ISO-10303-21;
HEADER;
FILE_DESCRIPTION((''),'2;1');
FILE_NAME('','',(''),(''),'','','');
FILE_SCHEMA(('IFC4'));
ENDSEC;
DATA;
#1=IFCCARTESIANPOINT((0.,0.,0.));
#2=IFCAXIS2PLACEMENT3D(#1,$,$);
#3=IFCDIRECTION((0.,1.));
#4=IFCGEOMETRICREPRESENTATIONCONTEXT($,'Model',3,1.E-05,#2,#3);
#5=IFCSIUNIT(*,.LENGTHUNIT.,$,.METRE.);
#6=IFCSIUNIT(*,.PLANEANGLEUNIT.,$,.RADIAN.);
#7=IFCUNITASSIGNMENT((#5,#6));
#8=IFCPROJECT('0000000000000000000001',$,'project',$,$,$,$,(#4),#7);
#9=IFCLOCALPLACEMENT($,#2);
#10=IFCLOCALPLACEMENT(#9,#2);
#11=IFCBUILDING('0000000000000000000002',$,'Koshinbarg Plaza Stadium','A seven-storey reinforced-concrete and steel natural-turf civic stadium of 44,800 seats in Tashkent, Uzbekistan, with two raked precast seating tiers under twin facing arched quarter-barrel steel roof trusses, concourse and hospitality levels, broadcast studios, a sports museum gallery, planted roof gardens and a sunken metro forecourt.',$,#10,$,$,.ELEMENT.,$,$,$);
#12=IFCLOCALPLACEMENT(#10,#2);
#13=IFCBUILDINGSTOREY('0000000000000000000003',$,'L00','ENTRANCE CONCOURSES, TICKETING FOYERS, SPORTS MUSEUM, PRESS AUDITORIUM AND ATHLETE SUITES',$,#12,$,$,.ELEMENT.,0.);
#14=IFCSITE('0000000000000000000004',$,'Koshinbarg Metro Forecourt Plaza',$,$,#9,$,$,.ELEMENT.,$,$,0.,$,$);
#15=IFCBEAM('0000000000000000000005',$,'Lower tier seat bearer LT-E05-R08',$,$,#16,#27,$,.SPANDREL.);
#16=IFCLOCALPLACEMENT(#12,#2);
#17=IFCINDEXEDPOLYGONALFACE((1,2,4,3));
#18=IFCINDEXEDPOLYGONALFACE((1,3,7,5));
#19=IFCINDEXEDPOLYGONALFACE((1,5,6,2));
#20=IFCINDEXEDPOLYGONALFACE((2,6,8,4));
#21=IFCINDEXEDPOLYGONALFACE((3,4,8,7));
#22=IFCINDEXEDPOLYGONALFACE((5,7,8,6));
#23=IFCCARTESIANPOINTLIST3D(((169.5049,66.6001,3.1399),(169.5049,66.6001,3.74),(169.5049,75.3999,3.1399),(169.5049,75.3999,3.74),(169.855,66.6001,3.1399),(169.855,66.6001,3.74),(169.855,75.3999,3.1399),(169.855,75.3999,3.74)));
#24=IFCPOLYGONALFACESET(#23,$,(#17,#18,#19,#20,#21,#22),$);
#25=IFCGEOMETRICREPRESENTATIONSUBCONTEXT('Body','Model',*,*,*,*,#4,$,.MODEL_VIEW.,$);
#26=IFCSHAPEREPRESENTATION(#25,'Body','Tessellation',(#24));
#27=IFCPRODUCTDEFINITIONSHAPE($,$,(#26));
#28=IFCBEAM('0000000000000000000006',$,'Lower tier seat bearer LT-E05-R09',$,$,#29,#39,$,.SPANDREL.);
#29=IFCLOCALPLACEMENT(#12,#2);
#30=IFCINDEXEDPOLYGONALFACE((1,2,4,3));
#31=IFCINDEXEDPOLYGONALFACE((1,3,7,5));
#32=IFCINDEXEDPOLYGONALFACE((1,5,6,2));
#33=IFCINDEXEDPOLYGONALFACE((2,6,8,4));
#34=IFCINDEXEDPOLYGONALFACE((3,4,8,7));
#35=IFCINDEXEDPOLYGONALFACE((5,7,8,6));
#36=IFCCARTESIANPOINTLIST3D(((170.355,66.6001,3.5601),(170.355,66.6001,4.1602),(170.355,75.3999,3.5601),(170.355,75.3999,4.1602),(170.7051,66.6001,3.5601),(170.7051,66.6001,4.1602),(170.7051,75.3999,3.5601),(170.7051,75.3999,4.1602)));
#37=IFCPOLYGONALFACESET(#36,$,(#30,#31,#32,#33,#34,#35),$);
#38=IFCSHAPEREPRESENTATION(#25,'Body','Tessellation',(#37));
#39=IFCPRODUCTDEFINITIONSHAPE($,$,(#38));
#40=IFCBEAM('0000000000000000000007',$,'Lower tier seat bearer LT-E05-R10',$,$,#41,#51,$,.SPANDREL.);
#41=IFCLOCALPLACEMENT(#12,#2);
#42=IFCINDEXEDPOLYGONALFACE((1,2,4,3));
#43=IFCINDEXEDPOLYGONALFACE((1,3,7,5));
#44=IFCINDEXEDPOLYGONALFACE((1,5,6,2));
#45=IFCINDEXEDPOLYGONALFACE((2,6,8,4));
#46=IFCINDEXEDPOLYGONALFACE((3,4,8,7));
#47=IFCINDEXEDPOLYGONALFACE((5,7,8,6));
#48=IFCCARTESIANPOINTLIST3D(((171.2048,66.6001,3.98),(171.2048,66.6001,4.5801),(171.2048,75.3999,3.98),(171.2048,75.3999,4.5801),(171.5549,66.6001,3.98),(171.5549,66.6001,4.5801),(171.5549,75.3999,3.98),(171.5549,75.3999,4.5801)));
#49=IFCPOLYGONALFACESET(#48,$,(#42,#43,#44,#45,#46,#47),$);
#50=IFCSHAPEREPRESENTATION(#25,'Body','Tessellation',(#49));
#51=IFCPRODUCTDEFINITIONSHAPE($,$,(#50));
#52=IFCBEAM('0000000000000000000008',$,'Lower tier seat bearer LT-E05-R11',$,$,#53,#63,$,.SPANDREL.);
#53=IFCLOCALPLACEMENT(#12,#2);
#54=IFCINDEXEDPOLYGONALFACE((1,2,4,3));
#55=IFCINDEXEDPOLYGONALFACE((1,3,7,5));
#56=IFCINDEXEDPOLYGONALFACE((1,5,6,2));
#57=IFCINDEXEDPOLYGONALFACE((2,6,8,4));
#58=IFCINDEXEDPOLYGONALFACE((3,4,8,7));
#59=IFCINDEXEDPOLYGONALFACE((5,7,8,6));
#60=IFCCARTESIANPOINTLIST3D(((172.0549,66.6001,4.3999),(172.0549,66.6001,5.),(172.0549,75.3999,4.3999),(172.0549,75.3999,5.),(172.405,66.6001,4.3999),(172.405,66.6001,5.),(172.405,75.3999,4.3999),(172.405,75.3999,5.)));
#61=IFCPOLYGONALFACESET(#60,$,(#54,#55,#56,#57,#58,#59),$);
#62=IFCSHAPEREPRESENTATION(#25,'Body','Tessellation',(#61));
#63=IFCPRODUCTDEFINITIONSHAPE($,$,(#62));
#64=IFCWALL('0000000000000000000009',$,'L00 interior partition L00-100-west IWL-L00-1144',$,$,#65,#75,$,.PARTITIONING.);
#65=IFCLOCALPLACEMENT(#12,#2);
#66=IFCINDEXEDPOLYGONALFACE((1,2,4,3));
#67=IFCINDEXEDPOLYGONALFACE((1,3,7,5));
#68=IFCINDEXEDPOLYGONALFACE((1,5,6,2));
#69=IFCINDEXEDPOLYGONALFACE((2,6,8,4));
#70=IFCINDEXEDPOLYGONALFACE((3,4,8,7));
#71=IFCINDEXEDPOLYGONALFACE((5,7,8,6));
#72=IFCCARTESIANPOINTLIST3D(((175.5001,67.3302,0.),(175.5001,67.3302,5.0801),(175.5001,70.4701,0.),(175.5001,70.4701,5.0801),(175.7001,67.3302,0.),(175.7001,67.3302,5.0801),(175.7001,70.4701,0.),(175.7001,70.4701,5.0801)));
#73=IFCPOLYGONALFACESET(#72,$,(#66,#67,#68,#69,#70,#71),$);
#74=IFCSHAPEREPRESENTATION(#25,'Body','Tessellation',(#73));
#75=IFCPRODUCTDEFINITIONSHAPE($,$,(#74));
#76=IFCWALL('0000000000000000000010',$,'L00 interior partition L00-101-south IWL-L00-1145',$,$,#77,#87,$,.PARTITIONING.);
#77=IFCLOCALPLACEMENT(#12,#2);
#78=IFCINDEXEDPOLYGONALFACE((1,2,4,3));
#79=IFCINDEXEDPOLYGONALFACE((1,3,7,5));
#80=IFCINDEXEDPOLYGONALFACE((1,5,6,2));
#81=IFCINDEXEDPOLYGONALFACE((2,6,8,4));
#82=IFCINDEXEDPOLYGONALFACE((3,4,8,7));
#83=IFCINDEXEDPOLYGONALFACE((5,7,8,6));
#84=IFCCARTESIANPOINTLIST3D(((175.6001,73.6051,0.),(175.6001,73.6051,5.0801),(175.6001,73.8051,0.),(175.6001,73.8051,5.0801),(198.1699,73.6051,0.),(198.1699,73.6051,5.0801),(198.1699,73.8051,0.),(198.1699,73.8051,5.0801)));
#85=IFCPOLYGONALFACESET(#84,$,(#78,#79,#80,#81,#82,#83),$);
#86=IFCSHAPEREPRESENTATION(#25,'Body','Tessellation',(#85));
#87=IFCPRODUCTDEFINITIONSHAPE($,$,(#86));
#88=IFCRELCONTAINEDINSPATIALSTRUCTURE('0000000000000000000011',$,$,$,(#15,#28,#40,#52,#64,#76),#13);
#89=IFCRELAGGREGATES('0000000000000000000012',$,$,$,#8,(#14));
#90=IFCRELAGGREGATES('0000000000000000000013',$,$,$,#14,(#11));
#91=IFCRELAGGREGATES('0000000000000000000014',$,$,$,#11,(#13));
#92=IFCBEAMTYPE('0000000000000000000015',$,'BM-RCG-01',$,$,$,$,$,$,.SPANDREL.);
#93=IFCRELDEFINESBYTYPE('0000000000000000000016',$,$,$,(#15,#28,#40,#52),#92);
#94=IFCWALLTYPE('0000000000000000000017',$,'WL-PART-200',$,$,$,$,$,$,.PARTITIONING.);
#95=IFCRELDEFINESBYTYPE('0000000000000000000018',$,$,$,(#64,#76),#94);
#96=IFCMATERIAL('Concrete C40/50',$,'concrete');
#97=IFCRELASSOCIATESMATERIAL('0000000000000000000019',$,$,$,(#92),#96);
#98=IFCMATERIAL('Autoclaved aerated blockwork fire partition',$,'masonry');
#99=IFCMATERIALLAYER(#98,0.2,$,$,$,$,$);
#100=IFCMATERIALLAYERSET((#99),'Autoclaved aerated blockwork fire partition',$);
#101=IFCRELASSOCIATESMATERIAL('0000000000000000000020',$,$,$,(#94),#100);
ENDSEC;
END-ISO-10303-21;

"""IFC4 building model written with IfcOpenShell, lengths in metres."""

from ifc_helpers import new_model, si_unit, direction, frame, frame_2d, origin, origin_2d, place, context, subcontext, project, spatial, rectangle, extrude, material, layer, layer_set, material_profile, profile_set, type_object, element, save


model = new_model("IFC4")

# Units and contexts
model_context = context("Model", 3, precision=1e-05, world=origin(), true_north=direction((0.0, 1.0)))
body_context = subcontext(model_context, "Body", "Model", "MODEL_VIEW")
ifc_project = project(units=[si_unit("LENGTHUNIT", "METRE"), si_unit("PLANEANGLEUNIT", "RADIAN")], contexts=[model_context])

# Site, building, storey
site_placement = place(None, origin())
site = spatial("IfcSite", under=ifc_project, at=site_placement, Name="Koshinbarg Metro Forecourt Plaza", CompositionType="ELEMENT", RefElevation=0.0)
building_placement = place(site_placement, origin())
building = spatial("IfcBuilding", under=site, at=building_placement, Name="Koshinbarg Plaza Stadium", Description="A seven-storey reinforced-concrete and steel natural-turf civic stadium of 44,800 seats in Tashkent, Uzbekistan, with two raked precast seating tiers under twin facing arched quarter-barrel steel roof trusses, concourse and hospitality levels, broadcast studios, a sports museum gallery, planted roof gardens and a sunken metro forecourt.", CompositionType="ELEMENT")
storey_placement = place(building_placement, origin())
storey = spatial("IfcBuildingStorey", under=building, at=storey_placement, Name="L00", Description="ENTRANCE CONCOURSES, TICKETING FOYERS, SPORTS MUSEUM, PRESS AUDITORIUM AND ATHLETE SUITES", CompositionType="ELEMENT", Elevation=0.0)

# Shared definitions
ifc_material_1 = material(Name="Concrete C40/50", Category="concrete")

# Beams
ifc_material_profile_1 = material_profile(ifc_material_1, rectangle(XDim=0.3501, YDim=0.6001, at=origin_2d()), Name="RC 350x600")
ifc_profile_set_1 = profile_set([ifc_material_profile_1], Name="Concrete C40/50")
beam_type = type_object("IfcBeamType", Name="BM-RCG-01", PredefinedType="SPANDREL", material=ifc_profile_set_1)
for number, where, z_axis, x_axis, name in (
    (1, (169.6799, 66.6001, 3.4399), (0.0, 1.0, 0.0), (-1.0, 0.0, 0.0), "Lower tier seat bearer LT-E05-R08"),
    (2, (170.53, 66.6001, 3.8601), (0.0, 1.0, 0.0), (-1.0, 0.0, 0.0), "Lower tier seat bearer LT-E05-R09"),
    (3, (171.3799, 66.6001, 4.28), (0.0, 1.0, 0.0), (-1.0, 0.0, 0.0), "Lower tier seat bearer LT-E05-R10"),
    (4, (172.23, 66.6001, 4.7), (0.0, 1.0, 0.0), (-1.0, 0.0, 0.0), "Lower tier seat bearer LT-E05-R11"),
):
    element("IfcBeam", number, at=place(storey_placement, frame(where, z_axis=z_axis, x_axis=x_axis)), inside=storey, type_object=beam_type, Name=name, PredefinedType="SPANDREL", context=body_context, shape_type="SweptSolid", body=[
        extrude(rectangle(XDim=0.3501, YDim=0.6001, at=origin_2d()), origin(), (0.0, 0.0, 1.0), 8.7998),
    ])

# Walls
ifc_material_2 = material(Name="Autoclaved aerated blockwork fire partition", Category="masonry")
ifc_layer = layer(ifc_material_2, 0.2)
ifc_layer_set = layer_set([ifc_layer], Name="Autoclaved aerated blockwork fire partition")
wall_type = type_object("IfcWallType", Name="WL-PART-200", PredefinedType="PARTITIONING", material=ifc_layer_set)
wall_1_placement = place(storey_placement, frame((175.6001, 70.47, 0.0), z_axis=(0.0, 0.0, 1.0), x_axis=(0.0, -1.0, 0.0)))
element("IfcWall", 5, at=wall_1_placement, inside=storey, type_object=wall_type, Name="L00 interior partition L00-100-west IWL-L00-1144", PredefinedType="PARTITIONING", context=body_context, shape_type="SweptSolid", body=[
    extrude(rectangle(XDim=3.1399, YDim=0.2, at=frame_2d((1.5698, 0.0))), origin(), (0.0, 0.0, 1.0), 5.0801),
])
wall_2_placement = place(storey_placement, frame((175.6001, 73.7051, 0.0), z_axis=(0.0, 0.0, 1.0), x_axis=(1.0, 0.0, 0.0)))
element("IfcWall", 6, at=wall_2_placement, inside=storey, type_object=wall_type, Name="L00 interior partition L00-101-south IWL-L00-1145", PredefinedType="PARTITIONING", context=body_context, shape_type="SweptSolid", body=[
    extrude(rectangle(XDim=22.5698, YDim=0.2, at=frame_2d((11.2849, 0.0))), origin(), (0.0, 0.0, 1.0), 5.0801),
])

save(model, "model.ifc")
